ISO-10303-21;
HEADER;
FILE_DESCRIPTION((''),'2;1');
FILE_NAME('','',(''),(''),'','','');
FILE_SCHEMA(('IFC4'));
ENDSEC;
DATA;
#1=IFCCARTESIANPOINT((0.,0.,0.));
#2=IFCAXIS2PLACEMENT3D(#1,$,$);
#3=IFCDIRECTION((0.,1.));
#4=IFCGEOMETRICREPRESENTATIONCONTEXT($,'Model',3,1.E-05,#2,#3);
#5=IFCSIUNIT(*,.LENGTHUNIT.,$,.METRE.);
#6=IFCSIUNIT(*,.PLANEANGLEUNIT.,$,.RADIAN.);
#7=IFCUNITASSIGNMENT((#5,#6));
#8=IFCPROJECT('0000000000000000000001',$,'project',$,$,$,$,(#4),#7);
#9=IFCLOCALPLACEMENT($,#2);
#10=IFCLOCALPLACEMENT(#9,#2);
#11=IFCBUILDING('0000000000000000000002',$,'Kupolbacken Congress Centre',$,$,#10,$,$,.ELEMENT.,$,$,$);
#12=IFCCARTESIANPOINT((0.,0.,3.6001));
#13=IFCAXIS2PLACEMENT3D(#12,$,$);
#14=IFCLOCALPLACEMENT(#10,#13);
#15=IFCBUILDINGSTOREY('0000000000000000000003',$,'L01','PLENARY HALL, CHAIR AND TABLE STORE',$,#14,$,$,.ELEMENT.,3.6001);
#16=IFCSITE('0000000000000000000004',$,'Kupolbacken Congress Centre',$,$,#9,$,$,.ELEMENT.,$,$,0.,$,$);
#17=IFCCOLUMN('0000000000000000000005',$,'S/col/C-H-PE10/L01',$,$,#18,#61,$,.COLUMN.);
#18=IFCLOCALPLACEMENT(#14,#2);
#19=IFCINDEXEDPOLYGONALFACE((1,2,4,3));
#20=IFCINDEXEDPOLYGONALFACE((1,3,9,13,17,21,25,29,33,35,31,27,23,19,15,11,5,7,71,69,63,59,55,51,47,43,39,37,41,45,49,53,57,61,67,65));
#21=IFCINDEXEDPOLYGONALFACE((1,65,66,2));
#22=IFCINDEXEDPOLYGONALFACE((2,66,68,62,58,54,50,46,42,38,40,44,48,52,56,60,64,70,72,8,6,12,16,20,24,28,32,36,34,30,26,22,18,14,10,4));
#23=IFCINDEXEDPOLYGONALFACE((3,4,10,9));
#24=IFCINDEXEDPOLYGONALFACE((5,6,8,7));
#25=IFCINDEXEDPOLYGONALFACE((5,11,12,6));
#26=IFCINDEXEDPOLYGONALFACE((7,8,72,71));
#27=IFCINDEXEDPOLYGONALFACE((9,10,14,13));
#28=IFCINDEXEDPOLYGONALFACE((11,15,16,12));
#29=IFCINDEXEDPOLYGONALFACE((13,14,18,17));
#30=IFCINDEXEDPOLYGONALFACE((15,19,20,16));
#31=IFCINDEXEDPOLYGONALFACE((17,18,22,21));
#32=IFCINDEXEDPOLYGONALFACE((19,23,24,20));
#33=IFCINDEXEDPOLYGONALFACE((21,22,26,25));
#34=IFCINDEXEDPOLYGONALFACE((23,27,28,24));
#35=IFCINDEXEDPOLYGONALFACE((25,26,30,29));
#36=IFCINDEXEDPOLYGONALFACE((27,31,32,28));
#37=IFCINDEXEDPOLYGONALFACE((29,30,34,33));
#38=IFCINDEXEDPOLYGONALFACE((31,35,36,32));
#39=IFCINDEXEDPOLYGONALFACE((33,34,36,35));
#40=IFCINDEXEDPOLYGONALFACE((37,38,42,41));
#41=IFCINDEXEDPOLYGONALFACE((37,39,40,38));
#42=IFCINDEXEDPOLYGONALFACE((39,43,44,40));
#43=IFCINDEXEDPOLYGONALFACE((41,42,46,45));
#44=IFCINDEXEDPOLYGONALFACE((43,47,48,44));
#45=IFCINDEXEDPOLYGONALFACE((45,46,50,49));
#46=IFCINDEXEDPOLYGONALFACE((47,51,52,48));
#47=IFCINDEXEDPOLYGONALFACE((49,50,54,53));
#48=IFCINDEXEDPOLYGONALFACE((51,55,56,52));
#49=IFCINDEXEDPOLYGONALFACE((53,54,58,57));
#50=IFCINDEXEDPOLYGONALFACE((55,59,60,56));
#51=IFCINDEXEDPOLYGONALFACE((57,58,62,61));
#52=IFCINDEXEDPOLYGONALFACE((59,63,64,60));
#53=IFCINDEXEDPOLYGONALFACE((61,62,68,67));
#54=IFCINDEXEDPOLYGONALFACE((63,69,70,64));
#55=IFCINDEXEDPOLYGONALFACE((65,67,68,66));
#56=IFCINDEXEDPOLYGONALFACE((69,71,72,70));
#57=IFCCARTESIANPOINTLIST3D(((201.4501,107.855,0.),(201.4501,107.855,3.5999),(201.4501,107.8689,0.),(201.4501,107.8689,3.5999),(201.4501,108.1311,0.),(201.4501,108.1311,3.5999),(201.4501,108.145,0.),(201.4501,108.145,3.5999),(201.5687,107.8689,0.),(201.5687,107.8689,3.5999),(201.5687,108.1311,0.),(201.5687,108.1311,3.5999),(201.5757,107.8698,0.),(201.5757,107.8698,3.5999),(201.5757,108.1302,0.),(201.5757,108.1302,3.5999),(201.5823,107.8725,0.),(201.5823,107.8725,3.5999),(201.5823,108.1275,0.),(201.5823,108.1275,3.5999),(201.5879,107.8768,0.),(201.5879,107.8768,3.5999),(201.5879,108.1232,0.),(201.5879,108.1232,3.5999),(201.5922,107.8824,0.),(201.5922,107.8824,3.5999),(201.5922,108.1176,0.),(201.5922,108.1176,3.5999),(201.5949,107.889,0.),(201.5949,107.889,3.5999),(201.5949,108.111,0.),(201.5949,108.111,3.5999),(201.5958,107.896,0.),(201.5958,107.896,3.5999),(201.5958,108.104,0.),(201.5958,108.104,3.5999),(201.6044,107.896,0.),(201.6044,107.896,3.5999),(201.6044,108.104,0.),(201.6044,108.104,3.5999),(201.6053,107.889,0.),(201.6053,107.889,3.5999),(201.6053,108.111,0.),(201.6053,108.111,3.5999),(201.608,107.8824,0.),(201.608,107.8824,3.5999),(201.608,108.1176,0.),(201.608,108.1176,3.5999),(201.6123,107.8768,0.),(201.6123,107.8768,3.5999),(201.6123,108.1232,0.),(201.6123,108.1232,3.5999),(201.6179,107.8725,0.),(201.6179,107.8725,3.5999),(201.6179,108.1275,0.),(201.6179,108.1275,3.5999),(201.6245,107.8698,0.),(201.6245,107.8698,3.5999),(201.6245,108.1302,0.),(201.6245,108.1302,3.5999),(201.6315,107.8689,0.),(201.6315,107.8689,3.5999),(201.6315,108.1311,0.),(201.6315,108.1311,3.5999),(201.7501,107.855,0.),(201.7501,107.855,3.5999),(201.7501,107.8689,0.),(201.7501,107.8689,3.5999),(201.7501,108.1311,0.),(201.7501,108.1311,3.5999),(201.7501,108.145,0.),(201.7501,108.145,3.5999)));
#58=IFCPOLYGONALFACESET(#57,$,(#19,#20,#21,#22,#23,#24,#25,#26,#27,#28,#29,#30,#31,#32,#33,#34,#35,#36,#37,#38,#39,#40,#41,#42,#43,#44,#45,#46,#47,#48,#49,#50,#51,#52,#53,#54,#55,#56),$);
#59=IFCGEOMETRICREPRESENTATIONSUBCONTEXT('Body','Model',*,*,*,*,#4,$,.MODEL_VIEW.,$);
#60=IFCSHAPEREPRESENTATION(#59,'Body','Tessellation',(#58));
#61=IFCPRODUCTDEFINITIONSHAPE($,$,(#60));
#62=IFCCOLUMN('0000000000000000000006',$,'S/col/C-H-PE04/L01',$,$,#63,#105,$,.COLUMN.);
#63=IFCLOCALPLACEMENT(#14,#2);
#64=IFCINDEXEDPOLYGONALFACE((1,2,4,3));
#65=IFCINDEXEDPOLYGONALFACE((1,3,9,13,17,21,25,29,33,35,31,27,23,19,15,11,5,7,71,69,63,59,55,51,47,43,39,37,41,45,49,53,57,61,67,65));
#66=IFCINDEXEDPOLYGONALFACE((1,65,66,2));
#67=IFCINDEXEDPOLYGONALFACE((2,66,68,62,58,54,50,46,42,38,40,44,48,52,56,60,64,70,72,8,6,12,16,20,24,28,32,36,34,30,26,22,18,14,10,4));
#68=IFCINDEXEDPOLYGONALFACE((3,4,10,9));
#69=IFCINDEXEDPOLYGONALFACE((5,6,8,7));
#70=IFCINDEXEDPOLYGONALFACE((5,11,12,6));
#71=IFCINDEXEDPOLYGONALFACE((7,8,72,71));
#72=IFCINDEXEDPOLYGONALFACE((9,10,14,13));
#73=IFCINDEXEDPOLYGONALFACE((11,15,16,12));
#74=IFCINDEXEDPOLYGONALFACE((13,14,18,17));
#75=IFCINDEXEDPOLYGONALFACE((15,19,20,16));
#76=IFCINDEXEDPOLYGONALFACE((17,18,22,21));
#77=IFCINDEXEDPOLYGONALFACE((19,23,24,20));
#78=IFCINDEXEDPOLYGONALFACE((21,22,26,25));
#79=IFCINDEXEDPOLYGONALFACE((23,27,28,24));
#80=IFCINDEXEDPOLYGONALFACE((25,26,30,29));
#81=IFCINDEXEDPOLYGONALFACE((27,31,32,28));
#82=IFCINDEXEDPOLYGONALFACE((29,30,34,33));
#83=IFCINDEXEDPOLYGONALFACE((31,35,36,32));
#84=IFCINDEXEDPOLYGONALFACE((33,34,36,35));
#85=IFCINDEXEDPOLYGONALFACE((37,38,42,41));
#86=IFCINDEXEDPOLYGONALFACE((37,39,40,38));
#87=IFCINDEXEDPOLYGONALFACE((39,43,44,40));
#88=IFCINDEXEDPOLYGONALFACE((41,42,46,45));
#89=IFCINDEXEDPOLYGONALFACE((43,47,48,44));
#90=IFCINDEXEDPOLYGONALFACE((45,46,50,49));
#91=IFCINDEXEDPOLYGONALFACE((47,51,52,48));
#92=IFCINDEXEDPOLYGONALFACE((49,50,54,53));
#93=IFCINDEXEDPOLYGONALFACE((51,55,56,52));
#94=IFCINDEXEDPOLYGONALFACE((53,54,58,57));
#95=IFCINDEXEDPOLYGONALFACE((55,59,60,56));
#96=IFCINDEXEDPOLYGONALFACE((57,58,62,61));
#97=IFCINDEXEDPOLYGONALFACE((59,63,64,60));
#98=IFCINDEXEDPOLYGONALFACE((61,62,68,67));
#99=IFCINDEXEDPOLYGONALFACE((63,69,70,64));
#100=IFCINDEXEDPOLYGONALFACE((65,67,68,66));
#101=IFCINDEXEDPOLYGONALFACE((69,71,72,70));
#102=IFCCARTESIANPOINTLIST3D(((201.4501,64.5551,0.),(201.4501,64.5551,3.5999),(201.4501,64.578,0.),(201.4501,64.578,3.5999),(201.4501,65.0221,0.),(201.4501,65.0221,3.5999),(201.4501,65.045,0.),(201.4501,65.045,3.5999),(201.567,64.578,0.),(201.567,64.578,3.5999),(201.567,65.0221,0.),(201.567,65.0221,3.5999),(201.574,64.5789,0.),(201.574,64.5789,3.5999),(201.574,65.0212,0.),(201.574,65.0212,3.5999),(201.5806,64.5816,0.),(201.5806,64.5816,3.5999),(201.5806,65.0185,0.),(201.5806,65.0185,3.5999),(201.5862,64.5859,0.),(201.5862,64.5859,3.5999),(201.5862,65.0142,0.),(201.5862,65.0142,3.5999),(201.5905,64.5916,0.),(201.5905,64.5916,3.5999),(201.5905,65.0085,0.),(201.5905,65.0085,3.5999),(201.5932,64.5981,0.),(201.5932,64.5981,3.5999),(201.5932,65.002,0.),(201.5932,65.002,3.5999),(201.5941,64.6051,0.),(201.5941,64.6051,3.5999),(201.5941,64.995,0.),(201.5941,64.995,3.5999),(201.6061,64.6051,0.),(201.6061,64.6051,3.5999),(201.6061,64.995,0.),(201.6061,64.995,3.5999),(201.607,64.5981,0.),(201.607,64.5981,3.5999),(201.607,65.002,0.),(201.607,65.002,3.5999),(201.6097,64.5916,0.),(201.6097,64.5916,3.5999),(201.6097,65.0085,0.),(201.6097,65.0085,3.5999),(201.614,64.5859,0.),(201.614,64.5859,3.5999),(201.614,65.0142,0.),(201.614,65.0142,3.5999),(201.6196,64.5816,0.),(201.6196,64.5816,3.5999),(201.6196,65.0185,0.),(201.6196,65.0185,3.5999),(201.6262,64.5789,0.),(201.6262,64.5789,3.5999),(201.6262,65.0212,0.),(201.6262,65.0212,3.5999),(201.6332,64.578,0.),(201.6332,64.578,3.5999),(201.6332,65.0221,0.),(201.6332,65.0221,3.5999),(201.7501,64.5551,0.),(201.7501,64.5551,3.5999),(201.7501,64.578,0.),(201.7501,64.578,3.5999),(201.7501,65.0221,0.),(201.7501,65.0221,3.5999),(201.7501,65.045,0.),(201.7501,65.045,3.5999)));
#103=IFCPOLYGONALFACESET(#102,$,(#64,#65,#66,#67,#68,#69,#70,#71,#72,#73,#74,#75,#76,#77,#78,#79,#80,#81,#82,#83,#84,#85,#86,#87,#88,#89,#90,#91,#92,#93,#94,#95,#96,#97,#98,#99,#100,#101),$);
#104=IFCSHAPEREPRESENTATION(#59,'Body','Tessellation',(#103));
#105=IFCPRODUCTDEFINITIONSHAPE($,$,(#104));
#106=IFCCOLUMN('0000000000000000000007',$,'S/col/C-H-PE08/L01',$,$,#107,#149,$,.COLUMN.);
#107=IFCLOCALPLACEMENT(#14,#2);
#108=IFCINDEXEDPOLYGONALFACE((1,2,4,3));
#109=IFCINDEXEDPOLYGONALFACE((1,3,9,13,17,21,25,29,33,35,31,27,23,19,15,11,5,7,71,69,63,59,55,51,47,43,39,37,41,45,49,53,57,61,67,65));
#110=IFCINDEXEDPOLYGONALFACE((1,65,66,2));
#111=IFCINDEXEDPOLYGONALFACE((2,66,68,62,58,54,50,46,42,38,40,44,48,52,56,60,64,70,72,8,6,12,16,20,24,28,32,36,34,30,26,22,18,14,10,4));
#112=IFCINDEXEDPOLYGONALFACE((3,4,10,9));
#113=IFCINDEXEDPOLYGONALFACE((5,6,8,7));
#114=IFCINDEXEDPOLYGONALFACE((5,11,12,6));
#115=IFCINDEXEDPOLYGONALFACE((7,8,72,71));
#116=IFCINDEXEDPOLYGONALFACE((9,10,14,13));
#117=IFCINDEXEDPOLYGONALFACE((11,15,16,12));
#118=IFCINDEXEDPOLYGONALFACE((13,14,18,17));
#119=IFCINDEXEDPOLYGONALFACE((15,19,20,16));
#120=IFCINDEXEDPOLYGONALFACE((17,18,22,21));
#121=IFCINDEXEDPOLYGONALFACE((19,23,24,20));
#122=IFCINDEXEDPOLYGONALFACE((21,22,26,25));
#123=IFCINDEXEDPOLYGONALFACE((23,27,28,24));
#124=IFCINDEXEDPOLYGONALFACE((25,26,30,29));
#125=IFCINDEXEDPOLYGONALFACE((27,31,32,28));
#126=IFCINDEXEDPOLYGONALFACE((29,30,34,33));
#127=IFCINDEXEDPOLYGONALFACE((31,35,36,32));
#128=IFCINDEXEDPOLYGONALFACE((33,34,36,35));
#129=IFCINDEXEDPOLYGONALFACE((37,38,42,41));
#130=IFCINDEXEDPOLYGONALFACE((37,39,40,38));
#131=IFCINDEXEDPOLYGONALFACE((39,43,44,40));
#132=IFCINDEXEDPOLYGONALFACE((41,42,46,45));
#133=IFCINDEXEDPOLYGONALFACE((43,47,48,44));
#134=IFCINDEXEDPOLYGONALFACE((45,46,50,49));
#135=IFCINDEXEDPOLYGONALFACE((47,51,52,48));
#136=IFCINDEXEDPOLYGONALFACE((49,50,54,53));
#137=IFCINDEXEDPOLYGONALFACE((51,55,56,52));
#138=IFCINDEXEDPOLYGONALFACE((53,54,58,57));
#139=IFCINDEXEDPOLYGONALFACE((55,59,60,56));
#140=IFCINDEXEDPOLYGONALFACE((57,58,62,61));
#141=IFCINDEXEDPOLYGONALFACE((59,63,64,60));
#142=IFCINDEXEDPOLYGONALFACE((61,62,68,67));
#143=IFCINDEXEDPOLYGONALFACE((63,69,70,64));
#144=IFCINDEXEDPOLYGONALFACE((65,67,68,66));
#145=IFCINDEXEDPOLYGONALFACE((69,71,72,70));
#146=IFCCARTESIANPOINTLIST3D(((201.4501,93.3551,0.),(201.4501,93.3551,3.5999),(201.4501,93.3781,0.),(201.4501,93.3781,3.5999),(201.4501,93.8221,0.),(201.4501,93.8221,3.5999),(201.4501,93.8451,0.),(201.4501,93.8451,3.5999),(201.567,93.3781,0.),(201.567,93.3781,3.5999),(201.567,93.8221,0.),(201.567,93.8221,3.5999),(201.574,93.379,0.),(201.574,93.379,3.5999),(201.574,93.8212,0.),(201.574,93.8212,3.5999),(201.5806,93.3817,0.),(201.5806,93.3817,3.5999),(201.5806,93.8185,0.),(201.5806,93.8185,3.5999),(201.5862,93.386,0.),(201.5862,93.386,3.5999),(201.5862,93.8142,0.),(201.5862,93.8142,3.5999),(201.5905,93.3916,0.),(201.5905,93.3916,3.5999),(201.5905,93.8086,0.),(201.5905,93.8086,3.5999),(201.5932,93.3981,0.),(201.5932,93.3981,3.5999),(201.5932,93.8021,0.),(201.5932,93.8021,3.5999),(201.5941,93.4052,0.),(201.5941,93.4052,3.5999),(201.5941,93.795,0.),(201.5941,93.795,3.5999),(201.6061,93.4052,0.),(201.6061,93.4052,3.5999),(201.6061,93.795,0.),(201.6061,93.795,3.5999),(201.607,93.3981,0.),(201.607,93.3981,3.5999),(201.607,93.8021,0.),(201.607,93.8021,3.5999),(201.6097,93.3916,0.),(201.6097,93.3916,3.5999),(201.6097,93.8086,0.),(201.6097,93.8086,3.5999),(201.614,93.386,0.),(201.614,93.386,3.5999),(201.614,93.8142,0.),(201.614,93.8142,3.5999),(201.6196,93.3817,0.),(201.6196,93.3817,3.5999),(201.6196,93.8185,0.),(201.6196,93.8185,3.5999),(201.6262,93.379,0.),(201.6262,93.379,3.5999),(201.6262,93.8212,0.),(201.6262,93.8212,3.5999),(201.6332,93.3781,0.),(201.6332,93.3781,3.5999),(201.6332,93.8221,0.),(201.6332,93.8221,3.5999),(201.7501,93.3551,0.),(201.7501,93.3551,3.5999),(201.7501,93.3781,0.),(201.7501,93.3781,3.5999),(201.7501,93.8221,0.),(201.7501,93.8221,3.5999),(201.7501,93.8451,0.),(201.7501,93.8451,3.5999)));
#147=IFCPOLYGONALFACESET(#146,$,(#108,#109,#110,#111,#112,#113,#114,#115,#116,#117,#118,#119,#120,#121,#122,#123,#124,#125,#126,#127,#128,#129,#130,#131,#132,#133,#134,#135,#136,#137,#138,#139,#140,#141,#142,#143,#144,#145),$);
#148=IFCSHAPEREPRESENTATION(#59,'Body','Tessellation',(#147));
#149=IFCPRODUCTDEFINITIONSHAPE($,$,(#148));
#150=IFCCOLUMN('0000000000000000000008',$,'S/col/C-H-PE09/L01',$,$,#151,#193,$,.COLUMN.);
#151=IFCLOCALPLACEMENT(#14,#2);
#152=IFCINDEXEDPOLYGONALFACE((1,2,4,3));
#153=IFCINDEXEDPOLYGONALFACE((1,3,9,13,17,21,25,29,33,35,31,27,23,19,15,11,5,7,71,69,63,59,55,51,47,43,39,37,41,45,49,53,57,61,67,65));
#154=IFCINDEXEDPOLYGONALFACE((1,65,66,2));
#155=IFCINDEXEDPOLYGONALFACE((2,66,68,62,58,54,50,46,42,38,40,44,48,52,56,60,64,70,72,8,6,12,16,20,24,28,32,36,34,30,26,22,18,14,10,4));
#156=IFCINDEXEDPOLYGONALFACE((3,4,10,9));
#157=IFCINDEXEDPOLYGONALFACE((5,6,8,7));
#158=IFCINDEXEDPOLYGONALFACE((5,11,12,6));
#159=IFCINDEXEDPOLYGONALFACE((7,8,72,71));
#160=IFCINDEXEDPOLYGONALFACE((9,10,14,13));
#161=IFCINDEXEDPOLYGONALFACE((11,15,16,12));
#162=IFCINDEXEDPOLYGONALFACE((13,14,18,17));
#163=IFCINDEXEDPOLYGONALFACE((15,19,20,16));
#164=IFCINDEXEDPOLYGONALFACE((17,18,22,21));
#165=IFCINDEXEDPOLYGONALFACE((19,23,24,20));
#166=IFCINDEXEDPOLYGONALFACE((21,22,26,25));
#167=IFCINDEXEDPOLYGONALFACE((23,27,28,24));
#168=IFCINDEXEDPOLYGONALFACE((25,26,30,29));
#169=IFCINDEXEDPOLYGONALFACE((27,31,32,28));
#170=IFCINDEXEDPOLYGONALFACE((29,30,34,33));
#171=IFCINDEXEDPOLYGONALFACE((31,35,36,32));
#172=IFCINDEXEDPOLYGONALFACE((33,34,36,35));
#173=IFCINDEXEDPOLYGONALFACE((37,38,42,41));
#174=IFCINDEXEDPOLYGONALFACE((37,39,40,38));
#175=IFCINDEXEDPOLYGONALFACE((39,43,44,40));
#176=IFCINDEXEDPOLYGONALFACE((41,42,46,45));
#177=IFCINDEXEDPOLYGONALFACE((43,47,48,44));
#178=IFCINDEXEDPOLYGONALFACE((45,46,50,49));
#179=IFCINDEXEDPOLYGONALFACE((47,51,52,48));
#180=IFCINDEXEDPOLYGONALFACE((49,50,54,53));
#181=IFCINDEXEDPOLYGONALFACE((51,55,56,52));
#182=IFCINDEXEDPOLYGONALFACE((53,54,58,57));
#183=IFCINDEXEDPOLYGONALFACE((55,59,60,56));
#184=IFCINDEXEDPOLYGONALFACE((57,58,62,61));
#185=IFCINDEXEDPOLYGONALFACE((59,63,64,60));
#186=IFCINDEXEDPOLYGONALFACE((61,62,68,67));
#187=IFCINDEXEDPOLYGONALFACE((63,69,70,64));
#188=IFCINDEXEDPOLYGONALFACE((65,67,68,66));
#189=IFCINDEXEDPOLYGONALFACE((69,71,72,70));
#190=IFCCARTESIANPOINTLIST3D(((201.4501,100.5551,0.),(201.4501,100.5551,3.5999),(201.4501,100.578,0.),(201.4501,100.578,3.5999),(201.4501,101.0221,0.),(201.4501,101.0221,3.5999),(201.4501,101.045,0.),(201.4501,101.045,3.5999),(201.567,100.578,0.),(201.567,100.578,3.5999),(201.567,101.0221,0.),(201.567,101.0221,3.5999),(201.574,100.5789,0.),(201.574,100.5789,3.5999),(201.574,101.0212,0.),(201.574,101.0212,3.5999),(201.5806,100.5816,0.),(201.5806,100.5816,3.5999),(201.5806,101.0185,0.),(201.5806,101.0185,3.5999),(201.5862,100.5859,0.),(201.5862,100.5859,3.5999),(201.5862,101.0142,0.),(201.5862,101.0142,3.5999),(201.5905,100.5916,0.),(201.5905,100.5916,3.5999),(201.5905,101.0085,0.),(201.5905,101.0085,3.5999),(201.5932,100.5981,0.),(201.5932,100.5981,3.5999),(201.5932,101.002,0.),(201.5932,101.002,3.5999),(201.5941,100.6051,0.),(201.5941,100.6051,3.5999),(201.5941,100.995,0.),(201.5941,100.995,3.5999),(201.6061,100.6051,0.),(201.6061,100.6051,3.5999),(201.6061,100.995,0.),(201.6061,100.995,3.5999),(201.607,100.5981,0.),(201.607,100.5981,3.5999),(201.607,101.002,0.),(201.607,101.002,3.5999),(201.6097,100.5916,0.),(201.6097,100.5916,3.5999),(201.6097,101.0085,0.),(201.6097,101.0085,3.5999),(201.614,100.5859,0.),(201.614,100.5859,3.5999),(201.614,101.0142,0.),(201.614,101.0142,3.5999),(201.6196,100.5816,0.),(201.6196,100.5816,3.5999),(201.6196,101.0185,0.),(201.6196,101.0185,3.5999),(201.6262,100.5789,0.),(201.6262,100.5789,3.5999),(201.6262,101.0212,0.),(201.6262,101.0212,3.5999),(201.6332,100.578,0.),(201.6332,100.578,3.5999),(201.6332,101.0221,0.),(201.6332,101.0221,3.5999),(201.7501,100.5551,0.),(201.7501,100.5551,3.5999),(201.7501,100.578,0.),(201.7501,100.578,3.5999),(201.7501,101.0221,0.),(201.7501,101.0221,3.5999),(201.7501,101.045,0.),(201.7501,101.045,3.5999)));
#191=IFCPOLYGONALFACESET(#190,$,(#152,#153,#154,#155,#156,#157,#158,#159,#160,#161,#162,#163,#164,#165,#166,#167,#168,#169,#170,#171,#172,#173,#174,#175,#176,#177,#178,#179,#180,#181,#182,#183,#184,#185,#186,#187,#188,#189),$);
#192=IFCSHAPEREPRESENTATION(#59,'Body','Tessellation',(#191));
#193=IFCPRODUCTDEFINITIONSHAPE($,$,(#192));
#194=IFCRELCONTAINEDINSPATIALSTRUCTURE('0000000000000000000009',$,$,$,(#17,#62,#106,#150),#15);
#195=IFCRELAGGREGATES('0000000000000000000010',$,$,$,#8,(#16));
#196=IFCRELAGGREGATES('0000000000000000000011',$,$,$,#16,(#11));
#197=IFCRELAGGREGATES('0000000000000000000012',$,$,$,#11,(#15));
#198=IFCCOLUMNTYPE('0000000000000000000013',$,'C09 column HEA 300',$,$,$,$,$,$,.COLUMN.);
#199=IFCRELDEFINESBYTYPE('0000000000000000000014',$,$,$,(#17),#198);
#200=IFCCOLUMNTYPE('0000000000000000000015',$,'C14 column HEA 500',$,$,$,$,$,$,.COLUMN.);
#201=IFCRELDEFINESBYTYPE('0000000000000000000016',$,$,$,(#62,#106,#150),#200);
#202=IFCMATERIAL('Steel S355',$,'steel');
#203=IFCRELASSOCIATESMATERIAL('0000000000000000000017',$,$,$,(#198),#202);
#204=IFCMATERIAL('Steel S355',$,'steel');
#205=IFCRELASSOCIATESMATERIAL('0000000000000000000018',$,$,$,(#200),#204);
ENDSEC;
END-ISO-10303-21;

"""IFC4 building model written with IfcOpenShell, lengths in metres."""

from ifc_helpers import new_model, si_unit, direction, frame, origin, origin_2d, place, context, subcontext, project, spatial, i_section, extrude, material, material_profile, profile_set, type_object, element, save


model = new_model("IFC4")

# Units and contexts
model_context = context("Model", 3, precision=1e-05, world=origin(), true_north=direction((0.0, 1.0)))
body_context = subcontext(model_context, "Body", "Model", "MODEL_VIEW")
ifc_project = project(units=[si_unit("LENGTHUNIT", "METRE"), si_unit("PLANEANGLEUNIT", "RADIAN")], contexts=[model_context])

# Site, building, storey
site_placement = place(None, origin())
site = spatial("IfcSite", under=ifc_project, at=site_placement, Name="Kupolbacken Congress Centre", CompositionType="ELEMENT", RefElevation=0.0)
building_placement = place(site_placement, origin())
building = spatial("IfcBuilding", under=site, at=building_placement, Name="Kupolbacken Congress Centre", CompositionType="ELEMENT")
storey_placement = place(building_placement, frame((0.0, 0.0, 3.6001)))
storey = spatial("IfcBuildingStorey", under=building, at=storey_placement, Name="L01", Description="PLENARY HALL, CHAIR AND TABLE STORE", CompositionType="ELEMENT", Elevation=3.6001)

# Columns
ifc_material_1 = material(Name="Steel S355", Category="steel")
ifc_material_profile_1 = material_profile(ifc_material_1, i_section(OverallWidth=0.3, OverallDepth=0.29, WebThickness=0.0085, FlangeThickness=0.0139, FilletRadius=0.0271, at=origin_2d()), Name="HEA 300")
ifc_profile_set_1 = profile_set([ifc_material_profile_1], Name="Steel S355")
column_type_1 = type_object("IfcColumnType", Name="C09 column HEA 300", PredefinedType="COLUMN", material=ifc_profile_set_1)
for number, where, z_axis, x_axis, name in (
    (1, (201.6001, 108.0, 0.0), (0.0, 0.0, 1.0), (1.0, 0.0, 0.0), "S/col/C-H-PE10/L01"),
):
    element("IfcColumn", number, at=place(storey_placement, frame(where, z_axis=z_axis, x_axis=x_axis)), inside=storey, type_object=column_type_1, Name=name, PredefinedType="COLUMN", context=body_context, shape_type="SweptSolid", body=[
        extrude(i_section(OverallWidth=0.3, OverallDepth=0.29, WebThickness=0.0085, FlangeThickness=0.0139, FilletRadius=0.0271, at=origin_2d()), origin(), (0.0, 0.0, 1.0), 3.5999),
    ])
ifc_material_2 = material(Name="Steel S355", Category="steel")
ifc_material_profile_2 = material_profile(ifc_material_2, i_section(OverallWidth=0.3, OverallDepth=0.49, WebThickness=0.012, FlangeThickness=0.0229, FilletRadius=0.0271, at=origin_2d()), Name="HEA 500")
ifc_profile_set_2 = profile_set([ifc_material_profile_2], Name="Steel S355")
column_type_2 = type_object("IfcColumnType", Name="C14 column HEA 500", PredefinedType="COLUMN", material=ifc_profile_set_2)
for number, where, z_axis, x_axis, name in (
    (2, (201.6001, 64.8, 0.0), (0.0, 0.0, 1.0), (1.0, 0.0, 0.0), "S/col/C-H-PE04/L01"),
    (3, (201.6001, 93.6001, 0.0), (0.0, 0.0, 1.0), (1.0, 0.0, 0.0), "S/col/C-H-PE08/L01"),
    (4, (201.6001, 100.8, 0.0), (0.0, 0.0, 1.0), (1.0, 0.0, 0.0), "S/col/C-H-PE09/L01"),
):
    element("IfcColumn", number, at=place(storey_placement, frame(where, z_axis=z_axis, x_axis=x_axis)), inside=storey, type_object=column_type_2, Name=name, PredefinedType="COLUMN", context=body_context, shape_type="SweptSolid", body=[
        extrude(i_section(OverallWidth=0.3, OverallDepth=0.49, WebThickness=0.012, FlangeThickness=0.0229, FilletRadius=0.0271, at=origin_2d()), origin(), (0.0, 0.0, 1.0), 3.5999),
    ])

save(model, "model.ifc")
